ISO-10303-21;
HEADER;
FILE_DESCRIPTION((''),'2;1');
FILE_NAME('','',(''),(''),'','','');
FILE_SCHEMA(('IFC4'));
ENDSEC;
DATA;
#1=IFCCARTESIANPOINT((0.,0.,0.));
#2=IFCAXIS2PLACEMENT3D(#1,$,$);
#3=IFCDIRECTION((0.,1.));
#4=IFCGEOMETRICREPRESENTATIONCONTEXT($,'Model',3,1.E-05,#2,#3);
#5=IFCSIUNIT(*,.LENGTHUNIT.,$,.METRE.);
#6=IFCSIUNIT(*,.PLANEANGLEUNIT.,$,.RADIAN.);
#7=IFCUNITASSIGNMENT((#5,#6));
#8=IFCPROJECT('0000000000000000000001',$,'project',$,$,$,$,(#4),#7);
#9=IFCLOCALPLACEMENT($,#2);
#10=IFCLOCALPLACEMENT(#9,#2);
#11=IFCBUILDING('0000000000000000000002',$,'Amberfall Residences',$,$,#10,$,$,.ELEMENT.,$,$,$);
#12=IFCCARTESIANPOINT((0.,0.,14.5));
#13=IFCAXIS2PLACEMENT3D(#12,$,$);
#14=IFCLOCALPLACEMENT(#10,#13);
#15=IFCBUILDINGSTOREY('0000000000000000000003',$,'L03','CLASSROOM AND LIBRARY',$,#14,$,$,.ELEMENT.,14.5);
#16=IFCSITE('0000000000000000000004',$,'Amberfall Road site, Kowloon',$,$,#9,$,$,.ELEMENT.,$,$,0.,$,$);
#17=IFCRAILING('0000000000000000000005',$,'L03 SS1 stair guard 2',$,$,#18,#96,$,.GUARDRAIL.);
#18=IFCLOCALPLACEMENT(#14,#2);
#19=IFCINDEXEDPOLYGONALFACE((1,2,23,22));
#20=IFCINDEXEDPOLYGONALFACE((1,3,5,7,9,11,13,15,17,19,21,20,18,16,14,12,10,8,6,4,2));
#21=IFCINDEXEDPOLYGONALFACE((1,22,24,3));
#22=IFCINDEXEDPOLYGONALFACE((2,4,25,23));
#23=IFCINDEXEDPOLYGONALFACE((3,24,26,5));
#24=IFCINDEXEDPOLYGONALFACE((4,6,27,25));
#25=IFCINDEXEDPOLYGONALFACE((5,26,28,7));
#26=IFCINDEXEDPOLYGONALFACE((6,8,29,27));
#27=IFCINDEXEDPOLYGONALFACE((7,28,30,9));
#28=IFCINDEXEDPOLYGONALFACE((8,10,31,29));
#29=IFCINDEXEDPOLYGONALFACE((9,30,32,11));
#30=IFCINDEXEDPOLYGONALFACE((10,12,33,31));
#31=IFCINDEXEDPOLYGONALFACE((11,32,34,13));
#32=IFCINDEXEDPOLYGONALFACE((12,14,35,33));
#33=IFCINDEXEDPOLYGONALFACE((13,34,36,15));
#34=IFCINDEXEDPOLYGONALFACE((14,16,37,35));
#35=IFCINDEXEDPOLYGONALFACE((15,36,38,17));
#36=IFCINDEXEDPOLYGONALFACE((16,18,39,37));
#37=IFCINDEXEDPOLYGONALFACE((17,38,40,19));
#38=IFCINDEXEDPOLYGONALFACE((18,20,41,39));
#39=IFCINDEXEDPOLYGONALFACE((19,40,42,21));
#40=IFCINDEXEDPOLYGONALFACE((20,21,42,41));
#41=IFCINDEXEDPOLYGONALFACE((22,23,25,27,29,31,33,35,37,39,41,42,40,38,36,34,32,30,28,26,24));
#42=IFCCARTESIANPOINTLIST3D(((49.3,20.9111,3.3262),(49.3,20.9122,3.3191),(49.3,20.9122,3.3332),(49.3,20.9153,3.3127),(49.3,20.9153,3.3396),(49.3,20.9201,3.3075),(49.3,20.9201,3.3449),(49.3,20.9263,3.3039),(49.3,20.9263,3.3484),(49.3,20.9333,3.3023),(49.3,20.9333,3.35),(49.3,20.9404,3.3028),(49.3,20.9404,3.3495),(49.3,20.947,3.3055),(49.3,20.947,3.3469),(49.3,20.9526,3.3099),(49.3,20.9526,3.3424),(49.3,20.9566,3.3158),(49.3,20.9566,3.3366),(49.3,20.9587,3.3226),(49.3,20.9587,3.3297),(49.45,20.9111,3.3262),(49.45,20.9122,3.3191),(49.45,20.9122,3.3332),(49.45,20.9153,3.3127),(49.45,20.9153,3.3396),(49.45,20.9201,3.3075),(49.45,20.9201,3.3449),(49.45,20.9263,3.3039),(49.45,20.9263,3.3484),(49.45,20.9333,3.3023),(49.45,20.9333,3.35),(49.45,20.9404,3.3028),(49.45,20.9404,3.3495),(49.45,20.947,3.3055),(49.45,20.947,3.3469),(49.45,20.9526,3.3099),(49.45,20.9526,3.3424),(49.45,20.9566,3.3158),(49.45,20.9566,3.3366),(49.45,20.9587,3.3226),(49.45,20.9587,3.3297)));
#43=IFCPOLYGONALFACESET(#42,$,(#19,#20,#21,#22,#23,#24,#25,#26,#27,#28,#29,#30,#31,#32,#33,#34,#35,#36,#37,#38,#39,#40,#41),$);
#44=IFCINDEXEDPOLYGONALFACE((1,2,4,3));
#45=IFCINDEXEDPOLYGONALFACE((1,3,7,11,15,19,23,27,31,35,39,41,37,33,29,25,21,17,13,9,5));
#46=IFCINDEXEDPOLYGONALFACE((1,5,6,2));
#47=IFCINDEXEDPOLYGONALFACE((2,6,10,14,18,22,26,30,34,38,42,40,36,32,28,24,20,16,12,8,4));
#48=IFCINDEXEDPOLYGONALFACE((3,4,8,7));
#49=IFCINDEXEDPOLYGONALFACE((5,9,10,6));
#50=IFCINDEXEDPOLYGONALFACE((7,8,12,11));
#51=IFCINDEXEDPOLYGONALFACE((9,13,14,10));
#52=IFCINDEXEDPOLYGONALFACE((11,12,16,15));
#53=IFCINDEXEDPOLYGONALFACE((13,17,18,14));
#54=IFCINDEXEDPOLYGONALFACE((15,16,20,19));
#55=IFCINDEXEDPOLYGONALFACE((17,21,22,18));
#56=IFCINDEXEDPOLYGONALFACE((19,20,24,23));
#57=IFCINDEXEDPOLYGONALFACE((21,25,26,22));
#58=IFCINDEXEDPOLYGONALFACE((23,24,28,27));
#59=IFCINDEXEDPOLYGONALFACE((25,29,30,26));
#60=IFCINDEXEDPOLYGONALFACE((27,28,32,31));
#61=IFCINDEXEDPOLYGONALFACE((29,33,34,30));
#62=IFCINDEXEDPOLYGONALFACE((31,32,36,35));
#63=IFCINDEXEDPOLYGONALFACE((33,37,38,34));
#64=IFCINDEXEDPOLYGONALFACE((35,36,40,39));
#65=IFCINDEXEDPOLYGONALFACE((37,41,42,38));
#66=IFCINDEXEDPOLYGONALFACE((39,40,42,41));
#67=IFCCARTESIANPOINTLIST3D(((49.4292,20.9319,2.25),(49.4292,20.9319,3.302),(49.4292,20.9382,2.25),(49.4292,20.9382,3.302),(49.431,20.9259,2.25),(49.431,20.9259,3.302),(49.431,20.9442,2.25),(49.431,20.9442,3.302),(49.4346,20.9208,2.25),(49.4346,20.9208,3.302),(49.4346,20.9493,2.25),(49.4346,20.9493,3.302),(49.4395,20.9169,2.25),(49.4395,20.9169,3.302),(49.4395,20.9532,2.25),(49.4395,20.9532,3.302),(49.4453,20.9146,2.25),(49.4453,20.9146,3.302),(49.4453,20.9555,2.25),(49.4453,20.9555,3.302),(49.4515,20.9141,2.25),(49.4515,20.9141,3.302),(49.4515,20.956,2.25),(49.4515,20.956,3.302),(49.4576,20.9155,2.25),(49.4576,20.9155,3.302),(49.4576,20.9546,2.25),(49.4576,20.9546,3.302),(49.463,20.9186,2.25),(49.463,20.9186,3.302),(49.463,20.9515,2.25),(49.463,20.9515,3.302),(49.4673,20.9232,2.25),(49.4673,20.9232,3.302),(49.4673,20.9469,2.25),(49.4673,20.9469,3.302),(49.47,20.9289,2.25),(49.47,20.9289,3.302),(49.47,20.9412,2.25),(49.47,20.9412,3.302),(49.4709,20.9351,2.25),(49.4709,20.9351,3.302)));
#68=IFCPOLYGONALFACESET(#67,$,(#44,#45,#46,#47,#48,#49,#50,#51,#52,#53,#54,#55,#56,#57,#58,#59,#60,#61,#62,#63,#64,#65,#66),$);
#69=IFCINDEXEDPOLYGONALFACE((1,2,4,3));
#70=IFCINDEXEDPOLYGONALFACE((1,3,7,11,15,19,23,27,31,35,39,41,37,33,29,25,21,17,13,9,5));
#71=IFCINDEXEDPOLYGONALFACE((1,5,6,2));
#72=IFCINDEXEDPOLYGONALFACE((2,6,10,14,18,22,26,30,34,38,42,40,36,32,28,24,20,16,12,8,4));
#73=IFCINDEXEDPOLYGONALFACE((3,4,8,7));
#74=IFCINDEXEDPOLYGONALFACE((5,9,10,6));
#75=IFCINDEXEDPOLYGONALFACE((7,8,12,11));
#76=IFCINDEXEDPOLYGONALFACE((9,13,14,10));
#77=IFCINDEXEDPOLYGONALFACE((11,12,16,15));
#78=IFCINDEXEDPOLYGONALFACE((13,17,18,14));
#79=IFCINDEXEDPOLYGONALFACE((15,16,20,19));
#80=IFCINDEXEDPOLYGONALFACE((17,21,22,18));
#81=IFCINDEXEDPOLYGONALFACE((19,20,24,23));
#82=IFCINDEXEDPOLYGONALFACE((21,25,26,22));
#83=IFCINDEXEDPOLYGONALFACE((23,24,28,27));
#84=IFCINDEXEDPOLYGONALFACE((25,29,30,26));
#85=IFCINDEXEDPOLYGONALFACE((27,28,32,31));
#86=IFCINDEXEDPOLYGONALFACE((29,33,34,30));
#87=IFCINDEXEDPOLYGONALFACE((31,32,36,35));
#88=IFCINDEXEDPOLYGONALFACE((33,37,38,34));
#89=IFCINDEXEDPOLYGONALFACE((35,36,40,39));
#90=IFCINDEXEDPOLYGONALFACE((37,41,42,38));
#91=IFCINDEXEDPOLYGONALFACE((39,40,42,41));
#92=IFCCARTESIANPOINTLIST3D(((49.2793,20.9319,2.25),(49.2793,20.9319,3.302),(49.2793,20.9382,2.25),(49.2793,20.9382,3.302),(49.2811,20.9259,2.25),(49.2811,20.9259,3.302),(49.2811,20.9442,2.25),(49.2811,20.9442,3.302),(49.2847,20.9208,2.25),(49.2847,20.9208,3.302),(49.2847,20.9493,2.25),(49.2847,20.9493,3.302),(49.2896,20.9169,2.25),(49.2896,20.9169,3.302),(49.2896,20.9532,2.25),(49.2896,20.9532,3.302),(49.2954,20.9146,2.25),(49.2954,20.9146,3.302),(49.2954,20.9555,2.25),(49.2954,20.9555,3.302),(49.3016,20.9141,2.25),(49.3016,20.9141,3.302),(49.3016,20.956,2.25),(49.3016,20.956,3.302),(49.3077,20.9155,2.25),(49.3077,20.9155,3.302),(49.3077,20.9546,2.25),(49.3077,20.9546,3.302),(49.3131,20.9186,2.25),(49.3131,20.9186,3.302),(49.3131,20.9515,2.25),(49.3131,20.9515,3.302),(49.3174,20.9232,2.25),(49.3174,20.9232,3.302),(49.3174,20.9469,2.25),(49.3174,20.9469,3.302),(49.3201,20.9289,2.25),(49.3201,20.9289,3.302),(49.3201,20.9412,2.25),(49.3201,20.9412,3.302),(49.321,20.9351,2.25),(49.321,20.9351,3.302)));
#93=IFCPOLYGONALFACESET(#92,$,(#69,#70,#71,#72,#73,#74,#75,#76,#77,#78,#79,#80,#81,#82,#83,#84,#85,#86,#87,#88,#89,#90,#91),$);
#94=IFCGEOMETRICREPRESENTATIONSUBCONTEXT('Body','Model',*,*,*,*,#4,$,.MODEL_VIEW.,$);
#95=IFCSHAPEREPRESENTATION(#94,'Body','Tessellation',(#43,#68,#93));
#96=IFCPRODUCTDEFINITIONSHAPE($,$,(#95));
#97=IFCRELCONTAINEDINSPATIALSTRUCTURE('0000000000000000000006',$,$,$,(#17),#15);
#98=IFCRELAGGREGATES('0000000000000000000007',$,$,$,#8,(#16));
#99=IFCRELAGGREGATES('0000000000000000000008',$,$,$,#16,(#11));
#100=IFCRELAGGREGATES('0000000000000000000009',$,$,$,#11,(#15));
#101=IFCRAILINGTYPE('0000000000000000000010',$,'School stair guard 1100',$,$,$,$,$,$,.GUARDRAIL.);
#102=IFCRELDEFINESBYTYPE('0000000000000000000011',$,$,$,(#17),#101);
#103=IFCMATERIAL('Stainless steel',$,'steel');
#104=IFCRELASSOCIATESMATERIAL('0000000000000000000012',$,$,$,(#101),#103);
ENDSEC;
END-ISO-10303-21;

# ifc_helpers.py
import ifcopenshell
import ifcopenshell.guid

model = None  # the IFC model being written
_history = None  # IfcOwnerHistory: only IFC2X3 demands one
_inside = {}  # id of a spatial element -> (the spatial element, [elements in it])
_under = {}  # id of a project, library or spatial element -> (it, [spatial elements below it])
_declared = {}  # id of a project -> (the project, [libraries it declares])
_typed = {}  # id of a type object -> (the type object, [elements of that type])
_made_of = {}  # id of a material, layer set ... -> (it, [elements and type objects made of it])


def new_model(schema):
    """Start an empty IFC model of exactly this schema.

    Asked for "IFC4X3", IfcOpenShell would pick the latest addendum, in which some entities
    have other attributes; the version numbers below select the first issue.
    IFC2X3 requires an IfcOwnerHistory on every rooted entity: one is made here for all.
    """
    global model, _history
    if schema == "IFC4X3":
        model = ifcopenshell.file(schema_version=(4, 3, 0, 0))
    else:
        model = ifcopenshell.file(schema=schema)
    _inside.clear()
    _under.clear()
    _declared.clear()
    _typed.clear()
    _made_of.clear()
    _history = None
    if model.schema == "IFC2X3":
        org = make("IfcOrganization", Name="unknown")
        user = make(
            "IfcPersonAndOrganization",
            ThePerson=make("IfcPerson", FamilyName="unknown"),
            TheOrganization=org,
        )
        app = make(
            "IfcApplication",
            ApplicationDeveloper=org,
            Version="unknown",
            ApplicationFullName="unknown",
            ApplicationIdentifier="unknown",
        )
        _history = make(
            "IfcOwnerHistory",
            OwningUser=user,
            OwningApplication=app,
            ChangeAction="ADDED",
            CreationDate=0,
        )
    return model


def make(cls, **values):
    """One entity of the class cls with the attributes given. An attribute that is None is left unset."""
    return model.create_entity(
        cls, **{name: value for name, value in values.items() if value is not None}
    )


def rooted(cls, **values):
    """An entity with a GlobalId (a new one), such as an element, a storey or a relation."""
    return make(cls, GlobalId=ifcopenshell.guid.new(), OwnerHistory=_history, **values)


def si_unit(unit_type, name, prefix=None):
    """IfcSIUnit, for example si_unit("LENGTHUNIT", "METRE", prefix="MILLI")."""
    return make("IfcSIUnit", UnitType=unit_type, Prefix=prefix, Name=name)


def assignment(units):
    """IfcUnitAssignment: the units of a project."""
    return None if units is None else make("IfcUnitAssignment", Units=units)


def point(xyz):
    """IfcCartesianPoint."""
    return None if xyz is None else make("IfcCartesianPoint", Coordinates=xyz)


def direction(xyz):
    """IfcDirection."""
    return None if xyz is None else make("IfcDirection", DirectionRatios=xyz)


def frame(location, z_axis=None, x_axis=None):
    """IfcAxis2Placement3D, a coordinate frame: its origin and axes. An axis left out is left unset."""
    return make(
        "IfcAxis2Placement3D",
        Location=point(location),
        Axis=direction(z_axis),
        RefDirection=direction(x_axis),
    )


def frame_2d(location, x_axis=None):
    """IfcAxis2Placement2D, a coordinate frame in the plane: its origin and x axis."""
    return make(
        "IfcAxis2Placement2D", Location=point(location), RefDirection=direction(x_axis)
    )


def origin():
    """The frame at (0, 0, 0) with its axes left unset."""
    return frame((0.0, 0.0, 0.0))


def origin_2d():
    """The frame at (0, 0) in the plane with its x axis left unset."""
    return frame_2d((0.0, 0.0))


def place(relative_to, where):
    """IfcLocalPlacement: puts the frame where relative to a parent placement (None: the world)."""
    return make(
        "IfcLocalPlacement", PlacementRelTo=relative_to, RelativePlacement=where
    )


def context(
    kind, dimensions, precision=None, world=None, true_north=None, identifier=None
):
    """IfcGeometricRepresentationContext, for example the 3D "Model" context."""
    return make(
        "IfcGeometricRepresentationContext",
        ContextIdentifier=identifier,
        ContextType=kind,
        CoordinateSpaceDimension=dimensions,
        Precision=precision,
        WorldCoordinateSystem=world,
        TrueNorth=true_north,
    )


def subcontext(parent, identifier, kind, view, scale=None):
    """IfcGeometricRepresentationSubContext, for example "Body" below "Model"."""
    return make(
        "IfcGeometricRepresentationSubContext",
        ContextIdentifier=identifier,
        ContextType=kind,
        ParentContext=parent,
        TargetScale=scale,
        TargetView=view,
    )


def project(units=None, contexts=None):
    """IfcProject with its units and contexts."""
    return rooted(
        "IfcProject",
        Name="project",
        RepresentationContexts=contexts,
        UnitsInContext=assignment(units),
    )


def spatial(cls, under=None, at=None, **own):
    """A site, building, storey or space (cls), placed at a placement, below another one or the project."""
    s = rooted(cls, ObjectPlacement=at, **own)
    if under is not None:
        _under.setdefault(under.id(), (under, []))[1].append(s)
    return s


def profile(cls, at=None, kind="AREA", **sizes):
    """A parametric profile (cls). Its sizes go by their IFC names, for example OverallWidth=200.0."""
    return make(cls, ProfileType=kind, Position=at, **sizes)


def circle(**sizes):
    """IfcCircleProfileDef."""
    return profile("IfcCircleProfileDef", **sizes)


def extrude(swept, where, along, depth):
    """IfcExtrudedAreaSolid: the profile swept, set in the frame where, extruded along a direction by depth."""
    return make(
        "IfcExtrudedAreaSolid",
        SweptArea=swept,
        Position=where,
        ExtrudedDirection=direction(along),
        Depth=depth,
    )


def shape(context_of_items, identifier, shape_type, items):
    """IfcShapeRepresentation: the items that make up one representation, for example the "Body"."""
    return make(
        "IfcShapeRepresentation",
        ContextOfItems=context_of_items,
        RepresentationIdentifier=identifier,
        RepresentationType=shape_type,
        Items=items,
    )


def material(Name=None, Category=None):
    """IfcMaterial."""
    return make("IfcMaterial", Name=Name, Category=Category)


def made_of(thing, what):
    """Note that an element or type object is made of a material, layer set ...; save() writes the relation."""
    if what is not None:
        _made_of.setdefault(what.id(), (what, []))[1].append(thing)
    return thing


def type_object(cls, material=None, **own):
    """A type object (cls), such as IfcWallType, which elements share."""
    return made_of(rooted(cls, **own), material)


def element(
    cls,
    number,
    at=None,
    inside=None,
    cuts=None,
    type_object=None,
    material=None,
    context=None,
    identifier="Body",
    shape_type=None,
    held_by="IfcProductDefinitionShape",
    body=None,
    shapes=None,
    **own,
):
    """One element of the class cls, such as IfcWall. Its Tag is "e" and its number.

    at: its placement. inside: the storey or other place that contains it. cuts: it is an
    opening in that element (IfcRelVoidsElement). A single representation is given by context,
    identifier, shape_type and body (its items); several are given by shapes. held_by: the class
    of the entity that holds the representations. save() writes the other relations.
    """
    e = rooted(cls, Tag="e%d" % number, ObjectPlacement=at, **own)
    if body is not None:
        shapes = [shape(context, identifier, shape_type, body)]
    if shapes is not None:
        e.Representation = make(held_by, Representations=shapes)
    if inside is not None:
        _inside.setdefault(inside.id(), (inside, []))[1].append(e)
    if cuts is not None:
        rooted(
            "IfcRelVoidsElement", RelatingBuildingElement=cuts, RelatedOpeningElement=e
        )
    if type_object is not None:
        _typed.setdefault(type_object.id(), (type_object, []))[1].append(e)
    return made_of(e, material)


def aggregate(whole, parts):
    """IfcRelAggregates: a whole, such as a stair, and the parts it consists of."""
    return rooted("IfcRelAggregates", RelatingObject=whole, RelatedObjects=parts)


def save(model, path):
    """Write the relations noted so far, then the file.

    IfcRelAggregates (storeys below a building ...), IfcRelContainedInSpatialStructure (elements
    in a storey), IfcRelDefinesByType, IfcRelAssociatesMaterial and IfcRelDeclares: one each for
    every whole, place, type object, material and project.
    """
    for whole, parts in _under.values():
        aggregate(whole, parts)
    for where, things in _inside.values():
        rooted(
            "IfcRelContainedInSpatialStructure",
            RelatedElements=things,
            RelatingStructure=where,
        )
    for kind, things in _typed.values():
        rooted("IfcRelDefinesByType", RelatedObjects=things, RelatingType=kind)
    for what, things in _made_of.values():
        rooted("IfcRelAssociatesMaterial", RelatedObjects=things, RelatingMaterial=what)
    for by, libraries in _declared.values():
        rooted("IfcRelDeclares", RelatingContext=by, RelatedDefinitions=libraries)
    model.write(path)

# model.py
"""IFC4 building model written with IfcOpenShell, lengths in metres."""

from ifc_helpers import new_model, si_unit, direction, frame, origin, origin_2d, place, context, subcontext, project, spatial, circle, extrude, material, type_object, element, save


model = new_model("IFC4")

# Units and contexts
model_context = context("Model", 3, precision=1e-05, world=origin(), true_north=direction((0.0, 1.0)))
body_context = subcontext(model_context, "Body", "Model", "MODEL_VIEW")
ifc_project = project(units=[si_unit("LENGTHUNIT", "METRE"), si_unit("PLANEANGLEUNIT", "RADIAN")], contexts=[model_context])

# Site, building, storey
site_placement = place(None, origin())
site = spatial("IfcSite", under=ifc_project, at=site_placement, Name="Amberfall Road site, Kowloon", CompositionType="ELEMENT", RefElevation=0.0)
building_placement = place(site_placement, origin())
building = spatial("IfcBuilding", under=site, at=building_placement, Name="Amberfall Residences", CompositionType="ELEMENT")
storey_placement = place(building_placement, frame((0.0, 0.0, 14.5)))
storey = spatial("IfcBuildingStorey", under=building, at=storey_placement, Name="L03", Description="CLASSROOM AND LIBRARY", CompositionType="ELEMENT", Elevation=14.5)

# Railing
ifc_material_1 = material(Name="Stainless steel", Category="steel")
railing_type_1 = type_object("IfcRailingType", Name="School stair guard 1100", PredefinedType="GUARDRAIL", material=ifc_material_1)
railing_1_placement = place(storey_placement, frame((49.45, 20.9351, 2.25)))
element("IfcRailing", 1, at=railing_1_placement, inside=storey, type_object=railing_type_1, Name="L03 SS1 stair guard 2", PredefinedType="GUARDRAIL", context=body_context, shape_type="SweptSolid", body=[
    extrude(circle(Radius=0.0239, at=origin_2d()), frame((0.0, 0.0, 1.0762), z_axis=(-1.0, 0.0, 0.0), x_axis=(0.0, -1.0, 0.0)), (0.0, 0.0, 1.0), 0.1499),
    extrude(circle(Radius=0.021, at=origin_2d()), origin(), (0.0, 0.0, 1.0), 1.052),
    extrude(circle(Radius=0.021, at=origin_2d()), frame((-0.1499, 0.0, 0.0)), (0.0, 0.0, 1.0), 1.052),
])

save(model, "model.ifc")
